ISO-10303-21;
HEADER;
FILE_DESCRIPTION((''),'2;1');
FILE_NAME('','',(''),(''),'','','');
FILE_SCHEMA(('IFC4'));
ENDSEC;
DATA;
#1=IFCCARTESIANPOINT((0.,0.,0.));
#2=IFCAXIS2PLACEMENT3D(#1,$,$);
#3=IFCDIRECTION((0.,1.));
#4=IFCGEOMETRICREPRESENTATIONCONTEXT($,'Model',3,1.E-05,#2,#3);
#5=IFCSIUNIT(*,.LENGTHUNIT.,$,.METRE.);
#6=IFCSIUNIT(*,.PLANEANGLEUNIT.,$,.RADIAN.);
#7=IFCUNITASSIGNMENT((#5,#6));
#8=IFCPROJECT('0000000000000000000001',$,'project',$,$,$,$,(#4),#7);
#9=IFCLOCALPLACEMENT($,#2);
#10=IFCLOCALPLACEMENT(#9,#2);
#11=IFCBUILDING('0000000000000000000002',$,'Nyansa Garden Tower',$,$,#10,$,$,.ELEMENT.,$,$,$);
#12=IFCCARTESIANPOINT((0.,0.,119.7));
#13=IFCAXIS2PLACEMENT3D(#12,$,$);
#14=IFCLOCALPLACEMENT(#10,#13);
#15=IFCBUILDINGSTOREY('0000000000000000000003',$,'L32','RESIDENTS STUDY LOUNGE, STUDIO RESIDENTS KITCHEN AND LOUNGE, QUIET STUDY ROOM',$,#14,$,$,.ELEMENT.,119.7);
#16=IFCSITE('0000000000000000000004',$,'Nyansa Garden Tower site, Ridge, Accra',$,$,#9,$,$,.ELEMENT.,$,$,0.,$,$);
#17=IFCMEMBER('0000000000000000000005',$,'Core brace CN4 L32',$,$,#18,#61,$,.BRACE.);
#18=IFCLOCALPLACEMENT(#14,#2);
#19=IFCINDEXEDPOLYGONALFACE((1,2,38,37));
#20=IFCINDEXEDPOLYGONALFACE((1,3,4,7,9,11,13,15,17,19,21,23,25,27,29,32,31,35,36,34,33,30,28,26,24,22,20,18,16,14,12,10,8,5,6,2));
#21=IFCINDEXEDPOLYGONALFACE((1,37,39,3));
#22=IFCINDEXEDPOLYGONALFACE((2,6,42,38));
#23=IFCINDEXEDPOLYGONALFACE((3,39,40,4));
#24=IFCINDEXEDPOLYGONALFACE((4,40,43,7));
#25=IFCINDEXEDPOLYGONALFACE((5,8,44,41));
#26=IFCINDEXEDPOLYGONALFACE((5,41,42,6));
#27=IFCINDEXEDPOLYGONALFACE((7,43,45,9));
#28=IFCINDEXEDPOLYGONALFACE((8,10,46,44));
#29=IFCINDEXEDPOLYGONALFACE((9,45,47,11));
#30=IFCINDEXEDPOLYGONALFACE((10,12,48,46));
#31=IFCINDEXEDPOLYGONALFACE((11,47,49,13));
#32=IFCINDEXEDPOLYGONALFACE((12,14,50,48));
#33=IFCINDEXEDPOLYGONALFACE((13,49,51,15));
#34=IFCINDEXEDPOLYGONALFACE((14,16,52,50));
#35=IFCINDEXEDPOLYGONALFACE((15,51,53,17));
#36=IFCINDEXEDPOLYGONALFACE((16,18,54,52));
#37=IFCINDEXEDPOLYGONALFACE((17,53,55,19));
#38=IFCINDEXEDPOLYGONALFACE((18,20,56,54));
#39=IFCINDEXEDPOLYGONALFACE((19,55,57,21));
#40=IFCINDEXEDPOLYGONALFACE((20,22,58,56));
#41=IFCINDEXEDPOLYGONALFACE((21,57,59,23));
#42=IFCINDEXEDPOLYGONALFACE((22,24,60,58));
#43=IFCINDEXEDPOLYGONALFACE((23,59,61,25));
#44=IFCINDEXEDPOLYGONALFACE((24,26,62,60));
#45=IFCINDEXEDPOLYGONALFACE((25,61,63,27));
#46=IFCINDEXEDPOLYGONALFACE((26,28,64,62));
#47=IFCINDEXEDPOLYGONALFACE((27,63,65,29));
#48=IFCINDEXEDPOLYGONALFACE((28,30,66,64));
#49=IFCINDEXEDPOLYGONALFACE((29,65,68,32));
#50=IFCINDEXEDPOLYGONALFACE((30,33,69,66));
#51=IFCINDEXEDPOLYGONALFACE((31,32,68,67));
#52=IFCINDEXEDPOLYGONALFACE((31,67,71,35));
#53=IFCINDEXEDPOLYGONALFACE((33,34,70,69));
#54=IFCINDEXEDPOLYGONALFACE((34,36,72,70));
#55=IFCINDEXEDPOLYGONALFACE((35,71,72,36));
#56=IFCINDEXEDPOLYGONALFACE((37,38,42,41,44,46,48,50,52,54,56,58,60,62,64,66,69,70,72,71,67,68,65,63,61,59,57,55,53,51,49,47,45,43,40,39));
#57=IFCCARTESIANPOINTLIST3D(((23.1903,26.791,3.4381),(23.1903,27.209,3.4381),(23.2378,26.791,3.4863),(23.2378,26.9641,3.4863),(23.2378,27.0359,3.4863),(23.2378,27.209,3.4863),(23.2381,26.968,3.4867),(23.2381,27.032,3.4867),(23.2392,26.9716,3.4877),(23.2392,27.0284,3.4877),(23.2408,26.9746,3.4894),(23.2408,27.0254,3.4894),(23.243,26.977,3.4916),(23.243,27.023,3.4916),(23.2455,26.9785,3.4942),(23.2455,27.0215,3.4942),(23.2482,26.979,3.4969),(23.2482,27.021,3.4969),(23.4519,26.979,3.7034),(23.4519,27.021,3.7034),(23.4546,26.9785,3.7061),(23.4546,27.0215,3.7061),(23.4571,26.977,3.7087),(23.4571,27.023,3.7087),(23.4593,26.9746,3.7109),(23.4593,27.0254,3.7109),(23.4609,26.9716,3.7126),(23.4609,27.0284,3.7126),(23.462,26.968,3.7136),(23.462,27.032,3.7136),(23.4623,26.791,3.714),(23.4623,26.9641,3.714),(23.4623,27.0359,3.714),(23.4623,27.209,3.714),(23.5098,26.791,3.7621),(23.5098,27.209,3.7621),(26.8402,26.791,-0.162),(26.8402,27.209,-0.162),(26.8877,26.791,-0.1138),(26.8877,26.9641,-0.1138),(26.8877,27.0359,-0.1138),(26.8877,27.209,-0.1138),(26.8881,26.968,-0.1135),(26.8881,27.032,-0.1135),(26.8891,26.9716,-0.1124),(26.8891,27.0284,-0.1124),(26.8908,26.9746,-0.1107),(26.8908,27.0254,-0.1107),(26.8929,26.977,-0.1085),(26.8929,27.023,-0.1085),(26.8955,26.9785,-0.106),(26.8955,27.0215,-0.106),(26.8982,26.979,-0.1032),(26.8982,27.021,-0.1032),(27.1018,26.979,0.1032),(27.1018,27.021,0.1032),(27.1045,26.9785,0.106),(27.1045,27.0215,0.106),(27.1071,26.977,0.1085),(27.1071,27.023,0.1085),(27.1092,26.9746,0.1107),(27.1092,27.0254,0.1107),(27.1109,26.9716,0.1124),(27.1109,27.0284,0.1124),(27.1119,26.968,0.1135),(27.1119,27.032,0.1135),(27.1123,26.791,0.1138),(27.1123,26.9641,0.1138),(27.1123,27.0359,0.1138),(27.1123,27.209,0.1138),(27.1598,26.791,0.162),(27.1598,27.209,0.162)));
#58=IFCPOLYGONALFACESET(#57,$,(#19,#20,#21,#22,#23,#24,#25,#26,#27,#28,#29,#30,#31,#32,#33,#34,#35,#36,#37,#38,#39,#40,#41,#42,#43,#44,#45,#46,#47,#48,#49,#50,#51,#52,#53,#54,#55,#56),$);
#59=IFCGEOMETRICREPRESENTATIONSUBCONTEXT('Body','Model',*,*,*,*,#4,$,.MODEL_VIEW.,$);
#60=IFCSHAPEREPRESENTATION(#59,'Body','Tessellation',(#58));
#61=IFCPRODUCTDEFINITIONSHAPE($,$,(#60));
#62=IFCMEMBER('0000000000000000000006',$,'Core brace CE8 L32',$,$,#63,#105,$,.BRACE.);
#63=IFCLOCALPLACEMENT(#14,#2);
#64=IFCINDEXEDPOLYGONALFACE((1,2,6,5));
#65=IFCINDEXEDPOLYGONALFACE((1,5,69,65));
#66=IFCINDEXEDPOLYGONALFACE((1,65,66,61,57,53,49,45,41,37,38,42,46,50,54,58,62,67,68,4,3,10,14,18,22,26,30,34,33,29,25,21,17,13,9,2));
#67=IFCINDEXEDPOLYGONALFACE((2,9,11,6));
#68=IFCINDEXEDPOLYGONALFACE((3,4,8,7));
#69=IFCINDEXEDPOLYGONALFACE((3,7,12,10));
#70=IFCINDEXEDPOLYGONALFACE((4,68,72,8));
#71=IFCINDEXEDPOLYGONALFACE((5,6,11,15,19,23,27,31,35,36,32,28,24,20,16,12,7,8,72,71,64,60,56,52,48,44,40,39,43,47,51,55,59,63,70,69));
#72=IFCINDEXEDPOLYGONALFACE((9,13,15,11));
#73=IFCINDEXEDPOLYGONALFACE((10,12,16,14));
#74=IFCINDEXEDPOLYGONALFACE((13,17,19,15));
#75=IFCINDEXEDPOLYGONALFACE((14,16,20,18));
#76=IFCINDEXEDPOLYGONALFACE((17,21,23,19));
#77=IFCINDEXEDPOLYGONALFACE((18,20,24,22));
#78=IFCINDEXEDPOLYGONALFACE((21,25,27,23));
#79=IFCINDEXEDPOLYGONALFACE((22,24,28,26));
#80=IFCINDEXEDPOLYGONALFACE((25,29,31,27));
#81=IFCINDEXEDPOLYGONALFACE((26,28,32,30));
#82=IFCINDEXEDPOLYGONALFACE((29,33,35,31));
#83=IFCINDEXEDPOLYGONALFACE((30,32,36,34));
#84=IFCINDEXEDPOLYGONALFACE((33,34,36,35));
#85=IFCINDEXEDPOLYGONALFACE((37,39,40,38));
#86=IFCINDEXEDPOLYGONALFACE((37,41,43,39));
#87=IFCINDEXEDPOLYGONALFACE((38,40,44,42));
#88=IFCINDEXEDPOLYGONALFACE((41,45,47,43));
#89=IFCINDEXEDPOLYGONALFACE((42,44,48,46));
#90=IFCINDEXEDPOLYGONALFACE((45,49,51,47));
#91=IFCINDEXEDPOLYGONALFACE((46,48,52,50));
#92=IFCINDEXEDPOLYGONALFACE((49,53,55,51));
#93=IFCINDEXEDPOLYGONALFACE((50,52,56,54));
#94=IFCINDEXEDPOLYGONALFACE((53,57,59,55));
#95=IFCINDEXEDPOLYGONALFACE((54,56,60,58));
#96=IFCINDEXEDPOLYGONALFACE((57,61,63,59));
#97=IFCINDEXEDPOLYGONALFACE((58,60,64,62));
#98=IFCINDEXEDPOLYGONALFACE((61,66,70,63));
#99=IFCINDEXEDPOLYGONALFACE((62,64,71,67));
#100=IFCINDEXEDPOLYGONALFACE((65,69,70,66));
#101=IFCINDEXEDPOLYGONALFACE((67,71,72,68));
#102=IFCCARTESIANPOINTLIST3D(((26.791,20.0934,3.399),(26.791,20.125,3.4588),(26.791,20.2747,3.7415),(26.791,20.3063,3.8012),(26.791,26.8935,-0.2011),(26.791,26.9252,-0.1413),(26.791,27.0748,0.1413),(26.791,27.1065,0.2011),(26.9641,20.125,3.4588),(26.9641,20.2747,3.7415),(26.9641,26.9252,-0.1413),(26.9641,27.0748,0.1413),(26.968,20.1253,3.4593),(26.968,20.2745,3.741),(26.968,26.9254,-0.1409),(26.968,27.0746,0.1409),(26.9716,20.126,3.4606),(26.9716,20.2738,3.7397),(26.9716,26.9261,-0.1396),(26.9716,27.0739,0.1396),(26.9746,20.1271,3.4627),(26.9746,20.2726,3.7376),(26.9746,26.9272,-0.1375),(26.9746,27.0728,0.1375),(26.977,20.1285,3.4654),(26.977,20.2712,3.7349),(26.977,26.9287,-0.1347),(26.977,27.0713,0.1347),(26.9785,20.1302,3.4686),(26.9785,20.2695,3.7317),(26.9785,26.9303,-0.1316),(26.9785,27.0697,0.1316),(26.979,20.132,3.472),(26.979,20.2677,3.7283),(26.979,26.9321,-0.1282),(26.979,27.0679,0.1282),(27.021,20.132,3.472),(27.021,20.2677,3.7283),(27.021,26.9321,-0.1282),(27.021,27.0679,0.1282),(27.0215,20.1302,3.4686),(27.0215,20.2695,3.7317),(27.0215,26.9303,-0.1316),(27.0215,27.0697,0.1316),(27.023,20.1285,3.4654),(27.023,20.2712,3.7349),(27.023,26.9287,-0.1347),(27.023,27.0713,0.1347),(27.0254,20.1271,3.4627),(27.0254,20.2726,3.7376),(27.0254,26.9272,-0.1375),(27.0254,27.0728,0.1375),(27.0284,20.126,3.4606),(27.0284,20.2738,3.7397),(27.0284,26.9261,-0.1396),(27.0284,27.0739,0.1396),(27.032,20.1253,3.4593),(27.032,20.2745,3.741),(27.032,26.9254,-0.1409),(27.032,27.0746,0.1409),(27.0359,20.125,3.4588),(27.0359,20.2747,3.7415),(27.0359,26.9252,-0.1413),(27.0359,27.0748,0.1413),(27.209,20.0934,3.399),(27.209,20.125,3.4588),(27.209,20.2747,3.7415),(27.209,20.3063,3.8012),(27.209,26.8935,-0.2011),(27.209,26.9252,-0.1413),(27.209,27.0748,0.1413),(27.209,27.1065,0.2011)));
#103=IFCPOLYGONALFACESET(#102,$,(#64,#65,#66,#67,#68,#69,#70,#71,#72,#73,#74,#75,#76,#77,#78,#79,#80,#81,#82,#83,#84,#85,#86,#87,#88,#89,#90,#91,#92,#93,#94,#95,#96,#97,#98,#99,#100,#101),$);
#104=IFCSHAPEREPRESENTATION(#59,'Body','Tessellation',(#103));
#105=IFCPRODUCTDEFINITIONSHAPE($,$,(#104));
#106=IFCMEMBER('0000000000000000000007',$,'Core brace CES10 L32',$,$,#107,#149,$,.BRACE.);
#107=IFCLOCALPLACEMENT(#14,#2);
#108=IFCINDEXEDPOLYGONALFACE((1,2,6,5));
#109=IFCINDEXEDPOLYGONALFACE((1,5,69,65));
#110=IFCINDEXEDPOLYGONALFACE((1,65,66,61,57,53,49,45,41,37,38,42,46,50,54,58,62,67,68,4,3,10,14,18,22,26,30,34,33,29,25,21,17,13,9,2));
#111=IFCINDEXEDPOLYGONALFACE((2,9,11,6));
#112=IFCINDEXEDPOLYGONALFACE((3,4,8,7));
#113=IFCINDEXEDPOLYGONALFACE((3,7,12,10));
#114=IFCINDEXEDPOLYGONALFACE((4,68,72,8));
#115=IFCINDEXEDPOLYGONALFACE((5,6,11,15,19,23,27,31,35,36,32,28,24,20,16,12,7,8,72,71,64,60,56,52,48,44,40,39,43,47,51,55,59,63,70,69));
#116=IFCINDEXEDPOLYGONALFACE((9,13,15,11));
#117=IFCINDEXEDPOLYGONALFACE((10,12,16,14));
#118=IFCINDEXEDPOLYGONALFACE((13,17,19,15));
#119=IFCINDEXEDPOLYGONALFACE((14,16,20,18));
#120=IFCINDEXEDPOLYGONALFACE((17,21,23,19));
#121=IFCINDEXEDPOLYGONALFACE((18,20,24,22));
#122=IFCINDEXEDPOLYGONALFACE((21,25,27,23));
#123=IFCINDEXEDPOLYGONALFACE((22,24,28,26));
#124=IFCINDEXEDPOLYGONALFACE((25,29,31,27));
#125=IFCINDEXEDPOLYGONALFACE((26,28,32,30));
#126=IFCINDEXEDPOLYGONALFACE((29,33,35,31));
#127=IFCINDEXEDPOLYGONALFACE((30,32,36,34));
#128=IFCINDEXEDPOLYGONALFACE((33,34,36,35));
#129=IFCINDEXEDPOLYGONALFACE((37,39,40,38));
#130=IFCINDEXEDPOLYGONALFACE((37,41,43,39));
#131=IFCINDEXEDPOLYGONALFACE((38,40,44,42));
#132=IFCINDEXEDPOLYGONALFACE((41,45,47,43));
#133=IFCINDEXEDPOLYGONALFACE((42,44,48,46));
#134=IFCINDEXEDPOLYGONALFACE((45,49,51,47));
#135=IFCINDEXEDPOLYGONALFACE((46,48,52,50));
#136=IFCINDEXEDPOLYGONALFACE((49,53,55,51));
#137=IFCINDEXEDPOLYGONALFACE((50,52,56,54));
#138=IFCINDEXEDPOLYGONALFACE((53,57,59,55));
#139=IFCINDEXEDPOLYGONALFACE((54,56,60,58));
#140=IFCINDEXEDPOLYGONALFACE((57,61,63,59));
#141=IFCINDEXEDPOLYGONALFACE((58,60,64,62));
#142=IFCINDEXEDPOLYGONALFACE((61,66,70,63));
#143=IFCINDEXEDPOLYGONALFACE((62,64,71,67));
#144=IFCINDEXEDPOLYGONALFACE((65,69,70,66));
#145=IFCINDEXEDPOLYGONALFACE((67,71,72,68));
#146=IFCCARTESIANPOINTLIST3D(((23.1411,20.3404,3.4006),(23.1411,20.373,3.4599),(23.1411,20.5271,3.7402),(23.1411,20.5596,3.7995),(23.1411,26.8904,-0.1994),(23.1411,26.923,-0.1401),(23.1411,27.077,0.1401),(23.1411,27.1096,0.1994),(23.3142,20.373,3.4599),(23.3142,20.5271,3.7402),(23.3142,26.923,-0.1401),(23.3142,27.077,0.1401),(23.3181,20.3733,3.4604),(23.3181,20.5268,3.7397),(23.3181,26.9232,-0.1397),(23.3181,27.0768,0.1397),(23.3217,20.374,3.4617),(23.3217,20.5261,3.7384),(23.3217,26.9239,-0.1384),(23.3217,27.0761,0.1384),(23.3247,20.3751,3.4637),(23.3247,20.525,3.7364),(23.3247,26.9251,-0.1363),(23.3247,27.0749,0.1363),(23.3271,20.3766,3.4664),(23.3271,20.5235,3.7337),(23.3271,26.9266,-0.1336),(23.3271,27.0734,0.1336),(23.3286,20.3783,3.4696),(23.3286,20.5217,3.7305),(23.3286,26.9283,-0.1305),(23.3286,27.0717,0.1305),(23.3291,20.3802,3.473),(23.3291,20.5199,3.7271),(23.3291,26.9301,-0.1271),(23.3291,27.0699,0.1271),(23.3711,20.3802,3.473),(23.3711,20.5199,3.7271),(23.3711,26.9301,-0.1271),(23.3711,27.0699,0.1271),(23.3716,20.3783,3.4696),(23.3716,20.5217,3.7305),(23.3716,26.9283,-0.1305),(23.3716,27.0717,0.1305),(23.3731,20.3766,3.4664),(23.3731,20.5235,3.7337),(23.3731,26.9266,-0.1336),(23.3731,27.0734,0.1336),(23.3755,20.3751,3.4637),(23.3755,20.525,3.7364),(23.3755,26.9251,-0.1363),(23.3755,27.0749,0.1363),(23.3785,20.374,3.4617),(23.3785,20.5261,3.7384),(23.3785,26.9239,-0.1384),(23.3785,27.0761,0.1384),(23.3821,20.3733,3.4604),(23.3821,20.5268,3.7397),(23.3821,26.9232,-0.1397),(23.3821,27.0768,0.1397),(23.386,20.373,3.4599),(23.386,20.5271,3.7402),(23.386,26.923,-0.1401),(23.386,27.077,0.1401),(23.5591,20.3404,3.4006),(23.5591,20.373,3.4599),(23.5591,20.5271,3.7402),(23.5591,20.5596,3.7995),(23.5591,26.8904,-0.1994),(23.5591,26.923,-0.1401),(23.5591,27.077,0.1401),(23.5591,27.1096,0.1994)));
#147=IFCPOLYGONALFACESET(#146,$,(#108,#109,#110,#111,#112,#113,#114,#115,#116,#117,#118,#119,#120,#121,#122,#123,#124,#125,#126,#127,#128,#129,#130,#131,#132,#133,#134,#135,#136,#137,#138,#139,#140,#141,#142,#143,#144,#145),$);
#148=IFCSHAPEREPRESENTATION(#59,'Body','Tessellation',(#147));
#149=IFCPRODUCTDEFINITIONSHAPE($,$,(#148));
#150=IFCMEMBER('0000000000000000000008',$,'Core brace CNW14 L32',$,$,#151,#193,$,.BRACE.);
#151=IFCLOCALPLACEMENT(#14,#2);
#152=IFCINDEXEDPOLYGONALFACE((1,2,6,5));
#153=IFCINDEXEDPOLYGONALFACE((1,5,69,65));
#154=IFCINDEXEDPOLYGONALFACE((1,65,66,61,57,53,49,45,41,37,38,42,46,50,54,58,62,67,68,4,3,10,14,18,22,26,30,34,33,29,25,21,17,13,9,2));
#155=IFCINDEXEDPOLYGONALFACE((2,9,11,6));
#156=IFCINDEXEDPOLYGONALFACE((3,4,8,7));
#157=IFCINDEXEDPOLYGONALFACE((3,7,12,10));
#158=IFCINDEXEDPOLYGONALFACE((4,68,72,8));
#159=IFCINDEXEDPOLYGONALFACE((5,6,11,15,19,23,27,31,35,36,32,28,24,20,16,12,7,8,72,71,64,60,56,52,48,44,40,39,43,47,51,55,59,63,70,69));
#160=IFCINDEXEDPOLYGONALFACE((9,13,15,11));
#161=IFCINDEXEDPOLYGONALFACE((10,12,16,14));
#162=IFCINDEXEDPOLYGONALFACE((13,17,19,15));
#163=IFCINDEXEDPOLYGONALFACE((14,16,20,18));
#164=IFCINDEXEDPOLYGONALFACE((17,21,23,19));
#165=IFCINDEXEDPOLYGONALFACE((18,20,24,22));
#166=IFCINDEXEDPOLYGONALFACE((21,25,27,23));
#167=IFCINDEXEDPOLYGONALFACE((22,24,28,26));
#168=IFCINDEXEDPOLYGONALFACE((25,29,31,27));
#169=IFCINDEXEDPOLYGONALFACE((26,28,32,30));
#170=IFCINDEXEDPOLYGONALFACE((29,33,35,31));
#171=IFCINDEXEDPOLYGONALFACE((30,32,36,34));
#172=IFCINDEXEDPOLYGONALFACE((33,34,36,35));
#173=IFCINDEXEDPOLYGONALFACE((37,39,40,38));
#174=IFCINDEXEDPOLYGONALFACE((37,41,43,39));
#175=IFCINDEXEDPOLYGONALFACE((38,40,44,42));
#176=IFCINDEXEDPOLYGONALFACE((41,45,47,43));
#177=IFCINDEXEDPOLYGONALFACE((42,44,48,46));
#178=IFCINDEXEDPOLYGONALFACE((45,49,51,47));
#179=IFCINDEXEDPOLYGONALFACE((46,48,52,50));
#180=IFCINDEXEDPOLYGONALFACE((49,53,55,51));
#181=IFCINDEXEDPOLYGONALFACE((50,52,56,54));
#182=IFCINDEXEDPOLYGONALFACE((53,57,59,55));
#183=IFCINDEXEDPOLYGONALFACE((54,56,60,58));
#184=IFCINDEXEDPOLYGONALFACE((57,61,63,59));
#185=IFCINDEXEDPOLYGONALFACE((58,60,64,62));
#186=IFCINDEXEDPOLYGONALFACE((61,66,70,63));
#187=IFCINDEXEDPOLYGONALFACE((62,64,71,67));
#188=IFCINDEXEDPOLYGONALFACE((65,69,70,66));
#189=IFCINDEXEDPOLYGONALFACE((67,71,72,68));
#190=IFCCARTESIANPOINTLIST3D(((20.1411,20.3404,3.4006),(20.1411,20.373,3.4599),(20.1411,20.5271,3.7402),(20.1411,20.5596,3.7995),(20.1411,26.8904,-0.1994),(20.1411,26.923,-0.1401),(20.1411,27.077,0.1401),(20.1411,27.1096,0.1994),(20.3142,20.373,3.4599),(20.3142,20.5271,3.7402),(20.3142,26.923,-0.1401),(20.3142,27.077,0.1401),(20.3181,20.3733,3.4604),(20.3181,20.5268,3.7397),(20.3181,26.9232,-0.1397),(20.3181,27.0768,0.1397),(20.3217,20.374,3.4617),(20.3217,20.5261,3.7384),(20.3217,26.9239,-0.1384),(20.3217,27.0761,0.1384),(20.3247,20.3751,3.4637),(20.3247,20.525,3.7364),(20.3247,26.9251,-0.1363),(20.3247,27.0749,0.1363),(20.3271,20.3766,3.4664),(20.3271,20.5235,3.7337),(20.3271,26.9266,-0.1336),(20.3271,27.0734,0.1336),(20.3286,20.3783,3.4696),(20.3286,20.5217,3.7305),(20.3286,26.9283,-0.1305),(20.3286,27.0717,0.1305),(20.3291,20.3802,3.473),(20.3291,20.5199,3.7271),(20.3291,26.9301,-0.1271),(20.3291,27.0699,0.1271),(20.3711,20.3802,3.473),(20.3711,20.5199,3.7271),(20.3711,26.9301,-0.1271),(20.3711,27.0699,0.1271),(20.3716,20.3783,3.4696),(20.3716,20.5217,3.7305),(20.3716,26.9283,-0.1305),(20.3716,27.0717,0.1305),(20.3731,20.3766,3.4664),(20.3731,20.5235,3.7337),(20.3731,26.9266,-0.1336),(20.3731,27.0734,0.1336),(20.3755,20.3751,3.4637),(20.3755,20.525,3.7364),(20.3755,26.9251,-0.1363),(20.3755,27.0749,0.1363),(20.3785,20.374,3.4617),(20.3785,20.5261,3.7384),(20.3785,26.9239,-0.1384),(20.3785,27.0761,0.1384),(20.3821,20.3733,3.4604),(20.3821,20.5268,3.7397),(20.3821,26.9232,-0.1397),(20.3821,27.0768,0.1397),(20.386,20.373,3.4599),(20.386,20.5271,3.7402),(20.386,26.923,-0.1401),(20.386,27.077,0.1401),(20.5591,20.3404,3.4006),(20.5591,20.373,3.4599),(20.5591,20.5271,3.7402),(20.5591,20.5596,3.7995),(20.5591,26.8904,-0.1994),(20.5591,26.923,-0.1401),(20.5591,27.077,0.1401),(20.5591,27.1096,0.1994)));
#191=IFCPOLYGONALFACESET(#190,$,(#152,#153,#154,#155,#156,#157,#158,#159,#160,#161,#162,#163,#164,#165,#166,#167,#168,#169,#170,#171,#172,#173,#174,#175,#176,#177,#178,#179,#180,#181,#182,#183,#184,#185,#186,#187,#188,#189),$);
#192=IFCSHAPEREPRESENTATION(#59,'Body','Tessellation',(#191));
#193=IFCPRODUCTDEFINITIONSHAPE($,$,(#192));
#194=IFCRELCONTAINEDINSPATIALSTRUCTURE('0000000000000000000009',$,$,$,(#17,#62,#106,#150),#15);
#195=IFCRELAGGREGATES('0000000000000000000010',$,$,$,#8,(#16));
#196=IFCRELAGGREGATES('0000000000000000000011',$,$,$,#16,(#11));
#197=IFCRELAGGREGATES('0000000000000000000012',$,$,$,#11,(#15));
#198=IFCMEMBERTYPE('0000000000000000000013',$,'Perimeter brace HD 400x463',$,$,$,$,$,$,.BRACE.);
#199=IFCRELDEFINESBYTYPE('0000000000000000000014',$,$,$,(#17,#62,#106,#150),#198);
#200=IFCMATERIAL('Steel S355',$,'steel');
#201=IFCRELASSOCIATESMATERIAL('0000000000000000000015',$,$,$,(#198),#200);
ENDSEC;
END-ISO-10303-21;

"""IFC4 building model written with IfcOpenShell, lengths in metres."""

from ifc_helpers import new_model, si_unit, direction, frame, origin, origin_2d, place, context, subcontext, project, spatial, i_section, extrude, material, material_profile, profile_set, type_object, element, save


model = new_model("IFC4")

# Units and contexts
model_context = context("Model", 3, precision=1e-05, world=origin(), true_north=direction((0.0, 1.0)))
body_context = subcontext(model_context, "Body", "Model", "MODEL_VIEW")
ifc_project = project(units=[si_unit("LENGTHUNIT", "METRE"), si_unit("PLANEANGLEUNIT", "RADIAN")], contexts=[model_context])

# Site, building, storey
site_placement = place(None, origin())
site = spatial("IfcSite", under=ifc_project, at=site_placement, Name="Nyansa Garden Tower site, Ridge, Accra", CompositionType="ELEMENT", RefElevation=0.0)
building_placement = place(site_placement, origin())
building = spatial("IfcBuilding", under=site, at=building_placement, Name="Nyansa Garden Tower", CompositionType="ELEMENT")
storey_placement = place(building_placement, frame((0.0, 0.0, 119.7)))
storey = spatial("IfcBuildingStorey", under=building, at=storey_placement, Name="L32", Description="RESIDENTS STUDY LOUNGE, STUDIO RESIDENTS KITCHEN AND LOUNGE, QUIET STUDY ROOM", CompositionType="ELEMENT", Elevation=119.7)

# Members
ifc_material_1 = material(Name="Steel S355", Category="steel")
ifc_material_profile_1 = material_profile(ifc_material_1, i_section(OverallWidth=0.418, OverallDepth=0.4551, WebThickness=0.042, FlangeThickness=0.0676, FilletRadius=0.0149, at=origin_2d()), Name="HD 400x463")
ifc_profile_set_1 = profile_set([ifc_material_profile_1], Name="Steel S355")
member_type = type_object("IfcMemberType", Name="Perimeter brace HD 400x463", PredefinedType="BRACE", material=ifc_profile_set_1)
member_1_placement = place(storey_placement, frame((27.0, 27.0, 0.0), z_axis=(-0.711948, 0.0, 0.702233), x_axis=(0.0, -1.0, 0.0)))
element("IfcMember", 1, at=member_1_placement, inside=storey, type_object=member_type, Name="Core brace CN4 L32", PredefinedType="BRACE", context=body_context, shape_type="SweptSolid", body=[
    extrude(i_section(OverallWidth=0.418, OverallDepth=0.4551, WebThickness=0.042, FlangeThickness=0.0676, FilletRadius=0.0149, at=origin_2d()), origin(), (0.0, 0.0, 1.0), 5.1267),
])
member_2_placement = place(storey_placement, frame((27.0, 27.0, 0.0), z_axis=(0.0, -0.883784, 0.467895), x_axis=(1.0, 0.0, 0.0)))
element("IfcMember", 2, at=member_2_placement, inside=storey, type_object=member_type, Name="Core brace CE8 L32", PredefinedType="BRACE", context=body_context, shape_type="SweptSolid", body=[
    extrude(i_section(OverallWidth=0.418, OverallDepth=0.4551, WebThickness=0.042, FlangeThickness=0.0676, FilletRadius=0.0149, at=origin_2d()), origin(), (0.0, 0.0, 1.0), 7.6943),
])
for number, where, z_axis, x_axis, name in (
    (3, (23.3501, 27.0, 0.0), (0.0, -0.876353, 0.481669), (1.0, 0.0, 0.0), "Core brace CES10 L32"),
    (4, (20.3501, 27.0, 0.0), (0.0, -0.876353, 0.481669), (1.0, 0.0, 0.0), "Core brace CNW14 L32"),
):
    element("IfcMember", number, at=place(storey_placement, frame(where, z_axis=z_axis, x_axis=x_axis)), inside=storey, type_object=member_type, Name=name, PredefinedType="BRACE", context=body_context, shape_type="SweptSolid", body=[
        extrude(i_section(OverallWidth=0.418, OverallDepth=0.4551, WebThickness=0.042, FlangeThickness=0.0676, FilletRadius=0.0149, at=origin_2d()), origin(), (0.0, 0.0, 1.0), 7.4741),
    ])

save(model, "model.ifc")
